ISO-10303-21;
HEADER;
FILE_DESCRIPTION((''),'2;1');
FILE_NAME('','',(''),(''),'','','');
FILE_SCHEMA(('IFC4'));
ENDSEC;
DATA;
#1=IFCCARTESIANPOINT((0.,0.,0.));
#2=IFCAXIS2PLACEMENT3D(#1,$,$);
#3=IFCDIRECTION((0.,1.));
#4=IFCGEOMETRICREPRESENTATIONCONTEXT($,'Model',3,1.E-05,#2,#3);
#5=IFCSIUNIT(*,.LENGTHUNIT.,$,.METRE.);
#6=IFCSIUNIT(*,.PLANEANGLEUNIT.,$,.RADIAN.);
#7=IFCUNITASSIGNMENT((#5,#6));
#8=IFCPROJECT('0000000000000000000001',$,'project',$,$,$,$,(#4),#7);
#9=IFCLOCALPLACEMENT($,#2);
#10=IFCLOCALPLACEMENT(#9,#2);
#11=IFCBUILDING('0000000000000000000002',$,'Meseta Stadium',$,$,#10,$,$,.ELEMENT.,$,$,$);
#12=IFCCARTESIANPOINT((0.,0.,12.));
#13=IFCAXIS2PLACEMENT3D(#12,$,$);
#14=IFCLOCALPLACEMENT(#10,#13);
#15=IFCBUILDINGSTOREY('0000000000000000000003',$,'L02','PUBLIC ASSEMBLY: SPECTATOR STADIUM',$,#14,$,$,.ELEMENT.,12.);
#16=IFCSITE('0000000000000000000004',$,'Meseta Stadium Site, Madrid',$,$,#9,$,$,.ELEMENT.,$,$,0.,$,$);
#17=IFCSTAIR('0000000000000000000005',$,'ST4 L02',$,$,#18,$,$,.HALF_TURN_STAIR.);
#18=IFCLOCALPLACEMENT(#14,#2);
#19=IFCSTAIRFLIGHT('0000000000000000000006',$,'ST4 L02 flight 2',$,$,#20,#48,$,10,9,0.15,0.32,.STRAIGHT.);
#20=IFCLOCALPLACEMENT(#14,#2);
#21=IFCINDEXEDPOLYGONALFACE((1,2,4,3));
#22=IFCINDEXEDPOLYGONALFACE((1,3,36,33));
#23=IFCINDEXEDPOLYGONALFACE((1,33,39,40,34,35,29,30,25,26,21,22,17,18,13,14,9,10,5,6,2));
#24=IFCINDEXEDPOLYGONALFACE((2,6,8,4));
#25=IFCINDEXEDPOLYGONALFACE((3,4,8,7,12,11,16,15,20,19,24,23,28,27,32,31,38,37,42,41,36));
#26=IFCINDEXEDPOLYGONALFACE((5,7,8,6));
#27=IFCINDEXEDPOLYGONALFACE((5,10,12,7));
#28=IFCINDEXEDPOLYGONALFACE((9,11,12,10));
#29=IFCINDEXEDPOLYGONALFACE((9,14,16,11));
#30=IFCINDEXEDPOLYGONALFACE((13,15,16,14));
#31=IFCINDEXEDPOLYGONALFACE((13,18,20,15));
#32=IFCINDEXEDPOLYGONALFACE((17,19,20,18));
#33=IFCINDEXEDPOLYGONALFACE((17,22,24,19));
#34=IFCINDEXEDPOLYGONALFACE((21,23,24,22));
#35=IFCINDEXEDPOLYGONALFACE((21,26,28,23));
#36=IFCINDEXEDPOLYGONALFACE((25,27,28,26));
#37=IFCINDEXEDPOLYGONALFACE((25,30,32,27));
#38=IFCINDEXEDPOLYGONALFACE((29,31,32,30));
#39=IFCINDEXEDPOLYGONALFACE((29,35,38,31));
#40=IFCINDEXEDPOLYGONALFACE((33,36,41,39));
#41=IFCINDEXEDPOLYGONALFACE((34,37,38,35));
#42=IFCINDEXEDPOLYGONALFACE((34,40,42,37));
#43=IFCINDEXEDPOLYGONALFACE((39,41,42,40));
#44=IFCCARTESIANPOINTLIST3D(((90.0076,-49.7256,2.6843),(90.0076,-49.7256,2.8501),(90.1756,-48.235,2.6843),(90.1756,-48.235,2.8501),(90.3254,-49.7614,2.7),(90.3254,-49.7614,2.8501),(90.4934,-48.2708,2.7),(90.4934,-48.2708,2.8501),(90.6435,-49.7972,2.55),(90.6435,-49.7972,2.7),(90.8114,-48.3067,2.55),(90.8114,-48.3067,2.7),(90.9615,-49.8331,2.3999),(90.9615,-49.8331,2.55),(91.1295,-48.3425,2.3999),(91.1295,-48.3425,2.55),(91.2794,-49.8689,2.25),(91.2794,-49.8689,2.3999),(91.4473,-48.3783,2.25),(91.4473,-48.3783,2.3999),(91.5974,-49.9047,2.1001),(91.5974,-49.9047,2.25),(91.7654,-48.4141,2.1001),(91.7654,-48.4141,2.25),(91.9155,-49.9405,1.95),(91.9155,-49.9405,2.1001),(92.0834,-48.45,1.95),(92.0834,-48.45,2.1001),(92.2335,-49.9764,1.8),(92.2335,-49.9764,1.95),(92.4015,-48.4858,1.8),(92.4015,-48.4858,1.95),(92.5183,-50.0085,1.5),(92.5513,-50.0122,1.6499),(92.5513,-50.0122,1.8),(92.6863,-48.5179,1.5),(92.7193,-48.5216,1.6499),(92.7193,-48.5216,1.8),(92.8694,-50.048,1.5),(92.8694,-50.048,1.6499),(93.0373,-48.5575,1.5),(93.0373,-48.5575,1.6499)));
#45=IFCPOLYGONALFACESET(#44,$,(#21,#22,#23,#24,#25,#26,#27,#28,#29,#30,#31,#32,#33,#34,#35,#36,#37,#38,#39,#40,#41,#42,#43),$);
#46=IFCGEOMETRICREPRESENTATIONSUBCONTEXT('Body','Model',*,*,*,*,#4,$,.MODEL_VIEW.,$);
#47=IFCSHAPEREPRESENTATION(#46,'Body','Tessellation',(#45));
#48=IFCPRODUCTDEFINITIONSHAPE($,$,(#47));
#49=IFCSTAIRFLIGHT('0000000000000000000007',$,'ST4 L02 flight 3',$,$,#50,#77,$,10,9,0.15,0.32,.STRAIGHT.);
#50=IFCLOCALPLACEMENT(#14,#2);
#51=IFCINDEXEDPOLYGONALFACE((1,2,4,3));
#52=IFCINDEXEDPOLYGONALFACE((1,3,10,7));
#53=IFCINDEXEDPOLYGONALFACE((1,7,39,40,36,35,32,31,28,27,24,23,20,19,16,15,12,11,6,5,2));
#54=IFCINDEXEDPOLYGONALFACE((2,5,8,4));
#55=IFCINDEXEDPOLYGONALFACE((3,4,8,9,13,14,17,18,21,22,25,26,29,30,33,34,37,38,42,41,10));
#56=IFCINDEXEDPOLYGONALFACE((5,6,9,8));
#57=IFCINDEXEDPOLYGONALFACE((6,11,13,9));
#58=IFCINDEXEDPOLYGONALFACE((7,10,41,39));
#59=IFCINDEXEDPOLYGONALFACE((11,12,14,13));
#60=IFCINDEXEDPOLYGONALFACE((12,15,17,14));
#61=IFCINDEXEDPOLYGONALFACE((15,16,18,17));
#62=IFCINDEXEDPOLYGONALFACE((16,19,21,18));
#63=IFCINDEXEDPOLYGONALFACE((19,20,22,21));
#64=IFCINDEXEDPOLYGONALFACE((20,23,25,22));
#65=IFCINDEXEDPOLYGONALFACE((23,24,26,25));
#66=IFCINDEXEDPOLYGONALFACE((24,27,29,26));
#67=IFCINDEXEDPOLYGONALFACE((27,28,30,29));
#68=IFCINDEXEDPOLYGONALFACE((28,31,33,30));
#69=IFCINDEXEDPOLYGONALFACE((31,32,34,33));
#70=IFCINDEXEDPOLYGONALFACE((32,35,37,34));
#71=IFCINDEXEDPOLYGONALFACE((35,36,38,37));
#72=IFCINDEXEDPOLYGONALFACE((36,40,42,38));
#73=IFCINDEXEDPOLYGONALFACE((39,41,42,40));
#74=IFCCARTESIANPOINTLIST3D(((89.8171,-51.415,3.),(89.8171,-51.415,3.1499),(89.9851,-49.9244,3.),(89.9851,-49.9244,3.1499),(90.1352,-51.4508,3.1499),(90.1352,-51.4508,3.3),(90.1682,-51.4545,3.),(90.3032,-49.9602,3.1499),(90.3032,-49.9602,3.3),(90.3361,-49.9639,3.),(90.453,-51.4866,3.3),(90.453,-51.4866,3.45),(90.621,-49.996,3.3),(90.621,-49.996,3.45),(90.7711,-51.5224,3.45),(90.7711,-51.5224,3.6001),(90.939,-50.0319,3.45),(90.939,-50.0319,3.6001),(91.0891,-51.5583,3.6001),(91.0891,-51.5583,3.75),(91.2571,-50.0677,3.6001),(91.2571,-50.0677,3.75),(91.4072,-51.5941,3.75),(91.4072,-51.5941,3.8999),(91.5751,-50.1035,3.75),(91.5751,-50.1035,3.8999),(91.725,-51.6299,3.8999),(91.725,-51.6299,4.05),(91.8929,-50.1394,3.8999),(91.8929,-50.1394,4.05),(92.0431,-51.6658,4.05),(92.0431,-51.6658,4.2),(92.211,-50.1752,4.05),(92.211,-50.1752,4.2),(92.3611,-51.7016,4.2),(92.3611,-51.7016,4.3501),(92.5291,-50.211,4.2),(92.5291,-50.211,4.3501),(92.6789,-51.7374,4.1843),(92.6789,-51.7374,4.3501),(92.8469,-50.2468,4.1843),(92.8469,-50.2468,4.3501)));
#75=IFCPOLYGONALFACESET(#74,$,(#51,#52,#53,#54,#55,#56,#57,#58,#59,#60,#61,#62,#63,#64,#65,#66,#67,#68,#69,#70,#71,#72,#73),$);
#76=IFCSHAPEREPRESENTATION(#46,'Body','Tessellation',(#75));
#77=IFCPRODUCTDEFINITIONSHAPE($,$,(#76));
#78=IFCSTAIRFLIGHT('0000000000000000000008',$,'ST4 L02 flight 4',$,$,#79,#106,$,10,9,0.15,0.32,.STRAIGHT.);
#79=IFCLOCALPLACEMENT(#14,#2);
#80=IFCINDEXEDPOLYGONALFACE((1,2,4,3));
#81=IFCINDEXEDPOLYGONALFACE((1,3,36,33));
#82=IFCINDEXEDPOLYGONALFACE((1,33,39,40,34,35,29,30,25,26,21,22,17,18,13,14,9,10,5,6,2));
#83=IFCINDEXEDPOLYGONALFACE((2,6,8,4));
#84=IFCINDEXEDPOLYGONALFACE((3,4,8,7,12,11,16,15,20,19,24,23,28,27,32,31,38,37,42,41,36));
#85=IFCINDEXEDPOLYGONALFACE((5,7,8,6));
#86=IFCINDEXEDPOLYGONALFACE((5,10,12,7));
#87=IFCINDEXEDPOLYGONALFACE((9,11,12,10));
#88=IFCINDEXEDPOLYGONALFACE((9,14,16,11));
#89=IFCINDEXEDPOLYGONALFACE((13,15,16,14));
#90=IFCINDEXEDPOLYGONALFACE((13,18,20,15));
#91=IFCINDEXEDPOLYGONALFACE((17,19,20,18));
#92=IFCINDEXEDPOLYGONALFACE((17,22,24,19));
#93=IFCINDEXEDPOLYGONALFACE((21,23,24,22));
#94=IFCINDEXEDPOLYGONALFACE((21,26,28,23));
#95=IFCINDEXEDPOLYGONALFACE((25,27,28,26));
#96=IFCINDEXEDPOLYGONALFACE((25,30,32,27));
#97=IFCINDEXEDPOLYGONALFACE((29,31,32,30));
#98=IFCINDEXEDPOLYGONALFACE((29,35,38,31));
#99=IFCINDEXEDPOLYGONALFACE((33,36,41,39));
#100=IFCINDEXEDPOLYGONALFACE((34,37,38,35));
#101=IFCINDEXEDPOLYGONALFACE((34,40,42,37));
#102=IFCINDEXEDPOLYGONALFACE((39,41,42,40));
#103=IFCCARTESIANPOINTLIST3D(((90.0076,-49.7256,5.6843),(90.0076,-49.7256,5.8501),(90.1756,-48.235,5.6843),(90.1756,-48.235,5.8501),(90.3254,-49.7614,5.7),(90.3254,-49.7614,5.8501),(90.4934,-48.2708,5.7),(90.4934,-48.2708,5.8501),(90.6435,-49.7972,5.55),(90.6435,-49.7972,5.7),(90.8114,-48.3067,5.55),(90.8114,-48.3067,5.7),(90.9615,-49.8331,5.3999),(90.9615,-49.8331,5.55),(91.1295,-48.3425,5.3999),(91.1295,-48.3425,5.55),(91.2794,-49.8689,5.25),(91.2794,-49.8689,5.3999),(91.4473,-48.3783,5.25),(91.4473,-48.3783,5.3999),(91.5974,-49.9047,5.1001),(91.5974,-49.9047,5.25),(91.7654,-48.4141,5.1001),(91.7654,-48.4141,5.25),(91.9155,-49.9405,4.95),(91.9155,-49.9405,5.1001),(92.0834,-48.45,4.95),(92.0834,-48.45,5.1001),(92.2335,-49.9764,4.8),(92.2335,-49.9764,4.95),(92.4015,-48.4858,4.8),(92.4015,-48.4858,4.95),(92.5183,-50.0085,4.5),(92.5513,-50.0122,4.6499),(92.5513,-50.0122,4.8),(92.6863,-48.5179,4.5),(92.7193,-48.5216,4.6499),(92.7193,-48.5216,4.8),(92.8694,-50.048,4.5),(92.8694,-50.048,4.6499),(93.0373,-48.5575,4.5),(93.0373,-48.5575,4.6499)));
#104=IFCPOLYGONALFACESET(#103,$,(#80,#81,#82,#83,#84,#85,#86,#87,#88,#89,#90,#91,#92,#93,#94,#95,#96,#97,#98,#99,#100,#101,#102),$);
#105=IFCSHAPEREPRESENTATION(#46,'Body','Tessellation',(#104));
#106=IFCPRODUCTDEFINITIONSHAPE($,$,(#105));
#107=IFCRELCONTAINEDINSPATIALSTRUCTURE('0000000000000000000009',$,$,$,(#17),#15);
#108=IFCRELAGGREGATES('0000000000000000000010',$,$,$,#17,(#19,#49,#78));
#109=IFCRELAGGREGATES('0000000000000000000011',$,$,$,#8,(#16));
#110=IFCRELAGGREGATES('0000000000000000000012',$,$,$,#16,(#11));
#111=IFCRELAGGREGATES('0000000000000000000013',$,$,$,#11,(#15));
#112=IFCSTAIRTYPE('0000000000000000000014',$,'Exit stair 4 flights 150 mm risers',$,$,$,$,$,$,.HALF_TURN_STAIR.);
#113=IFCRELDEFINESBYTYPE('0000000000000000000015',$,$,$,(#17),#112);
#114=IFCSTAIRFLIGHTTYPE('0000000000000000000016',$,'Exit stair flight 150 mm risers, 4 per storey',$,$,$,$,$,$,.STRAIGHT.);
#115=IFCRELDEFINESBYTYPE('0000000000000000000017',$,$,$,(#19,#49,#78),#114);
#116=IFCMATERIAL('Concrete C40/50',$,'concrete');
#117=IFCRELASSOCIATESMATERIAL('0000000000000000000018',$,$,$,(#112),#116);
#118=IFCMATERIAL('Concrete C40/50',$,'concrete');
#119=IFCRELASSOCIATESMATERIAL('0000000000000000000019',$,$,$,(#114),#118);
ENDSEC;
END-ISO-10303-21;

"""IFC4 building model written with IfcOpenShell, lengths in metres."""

from ifc_helpers import new_model, si_unit, direction, frame, origin, place, context, subcontext, project, spatial, polyline, outline, extrude, material, type_object, element, aggregate, save


model = new_model("IFC4")

# Units and contexts
model_context = context("Model", 3, precision=1e-05, world=origin(), true_north=direction((0.0, 1.0)))
body_context = subcontext(model_context, "Body", "Model", "MODEL_VIEW")
ifc_project = project(units=[si_unit("LENGTHUNIT", "METRE"), si_unit("PLANEANGLEUNIT", "RADIAN")], contexts=[model_context])

# Site, building, storey
site_placement = place(None, origin())
site = spatial("IfcSite", under=ifc_project, at=site_placement, Name="Meseta Stadium Site, Madrid", CompositionType="ELEMENT", RefElevation=0.0)
building_placement = place(site_placement, origin())
building = spatial("IfcBuilding", under=site, at=building_placement, Name="Meseta Stadium", CompositionType="ELEMENT")
storey_placement = place(building_placement, frame((0.0, 0.0, 12.0)))
storey = spatial("IfcBuildingStorey", under=building, at=storey_placement, Name="L02", Description="PUBLIC ASSEMBLY: SPECTATOR STADIUM", CompositionType="ELEMENT", Elevation=12.0)

# Stair, stair flights
ifc_material_1 = material(Name="Concrete C40/50", Category="concrete")
stair_type = type_object("IfcStairType", Name="Exit stair 4 flights 150 mm risers", PredefinedType="HALF_TURN_STAIR", material=ifc_material_1)
stair_placement = place(storey_placement, origin())
stair = element("IfcStair", 1, at=stair_placement, inside=storey, type_object=stair_type, Name="ST4 L02", PredefinedType="HALF_TURN_STAIR")
ifc_material_2 = material(Name="Concrete C40/50", Category="concrete")
stair_flight_type = type_object("IfcStairFlightType", Name="Exit stair flight 150 mm risers, 4 per storey", PredefinedType="STRAIGHT", material=ifc_material_2)
stair_flight_1_placement = place(storey_placement, frame((92.9534, -49.3027, 1.5), z_axis=(0.0, 0.0, 1.0), x_axis=(-0.993712, 0.111964, 0.0)))
stair_flight_1 = element("IfcStairFlight", 2, at=stair_flight_1_placement, type_object=stair_flight_type, Name="ST4 L02 flight 2", NumberOfRisers=10, NumberOfTreads=9, PredefinedType="STRAIGHT", RiserHeight=0.15, TreadLength=0.32, context=body_context, shape_type="SweptSolid", body=[
    extrude(outline(polyline([(0.0, 0.0), (0.0, 0.1499), (0.3201, 0.1499), (0.3201, 0.3), (0.6399, 0.3), (0.6399, 0.45), (0.96, 0.45), (0.96, 0.6001), (1.28, 0.6001), (1.28, 0.75), (1.6001, 0.75), (1.6001, 0.8999), (1.9199, 0.8999), (1.9199, 1.05), (2.24, 1.05), (2.24, 1.2), (2.5601, 1.2), (2.5601, 1.3501), (2.8799, 1.3501), (2.8799, 1.1843), (0.3533, 0.0), (0.0, 0.0)])), frame((0.0, 0.75, 0.0), z_axis=(0.0, -1.0, 0.0), x_axis=(1.0, 0.0, 0.0)), (0.0, 0.0, 1.0), 1.5),
])
stair_flight_2_placement = place(storey_placement, frame((89.9011, -50.6697, 3.0), z_axis=(0.0, 0.0, 1.0), x_axis=(0.993712, -0.111964, 0.0)))
stair_flight_2 = element("IfcStairFlight", 3, at=stair_flight_2_placement, type_object=stair_flight_type, Name="ST4 L02 flight 3", NumberOfRisers=10, NumberOfTreads=9, PredefinedType="STRAIGHT", RiserHeight=0.15, TreadLength=0.32, context=body_context, shape_type="SweptSolid", body=[
    extrude(outline(polyline([(0.0, 0.0), (0.0, 0.1499), (0.3201, 0.1499), (0.3201, 0.3), (0.6399, 0.3), (0.6399, 0.45), (0.96, 0.45), (0.96, 0.6001), (1.28, 0.6001), (1.28, 0.75), (1.6001, 0.75), (1.6001, 0.8999), (1.9199, 0.8999), (1.9199, 1.05), (2.24, 1.05), (2.24, 1.2), (2.5601, 1.2), (2.5601, 1.3501), (2.8799, 1.3501), (2.8799, 1.1843), (0.3533, 0.0), (0.0, 0.0)])), frame((0.0, 0.75, 0.0), z_axis=(0.0, -1.0, 0.0), x_axis=(1.0, 0.0, 0.0)), (0.0, 0.0, 1.0), 1.5),
])
stair_flight_3_placement = place(storey_placement, frame((92.9534, -49.3027, 4.5), z_axis=(0.0, 0.0, 1.0), x_axis=(-0.993712, 0.111964, 0.0)))
stair_flight_3 = element("IfcStairFlight", 4, at=stair_flight_3_placement, type_object=stair_flight_type, Name="ST4 L02 flight 4", NumberOfRisers=10, NumberOfTreads=9, PredefinedType="STRAIGHT", RiserHeight=0.15, TreadLength=0.32, context=body_context, shape_type="SweptSolid", body=[
    extrude(outline(polyline([(0.0, 0.0), (0.0, 0.1499), (0.3201, 0.1499), (0.3201, 0.3), (0.6399, 0.3), (0.6399, 0.45), (0.96, 0.45), (0.96, 0.6001), (1.28, 0.6001), (1.28, 0.75), (1.6001, 0.75), (1.6001, 0.8999), (1.9199, 0.8999), (1.9199, 1.05), (2.24, 1.05), (2.24, 1.2), (2.5601, 1.2), (2.5601, 1.3501), (2.8799, 1.3501), (2.8799, 1.1843), (0.3533, 0.0), (0.0, 0.0)])), frame((0.0, 0.75, 0.0), z_axis=(0.0, -1.0, 0.0), x_axis=(1.0, 0.0, 0.0)), (0.0, 0.0, 1.0), 1.5),
])
aggregate(stair, [stair_flight_1, stair_flight_2, stair_flight_3])

save(model, "model.ifc")
